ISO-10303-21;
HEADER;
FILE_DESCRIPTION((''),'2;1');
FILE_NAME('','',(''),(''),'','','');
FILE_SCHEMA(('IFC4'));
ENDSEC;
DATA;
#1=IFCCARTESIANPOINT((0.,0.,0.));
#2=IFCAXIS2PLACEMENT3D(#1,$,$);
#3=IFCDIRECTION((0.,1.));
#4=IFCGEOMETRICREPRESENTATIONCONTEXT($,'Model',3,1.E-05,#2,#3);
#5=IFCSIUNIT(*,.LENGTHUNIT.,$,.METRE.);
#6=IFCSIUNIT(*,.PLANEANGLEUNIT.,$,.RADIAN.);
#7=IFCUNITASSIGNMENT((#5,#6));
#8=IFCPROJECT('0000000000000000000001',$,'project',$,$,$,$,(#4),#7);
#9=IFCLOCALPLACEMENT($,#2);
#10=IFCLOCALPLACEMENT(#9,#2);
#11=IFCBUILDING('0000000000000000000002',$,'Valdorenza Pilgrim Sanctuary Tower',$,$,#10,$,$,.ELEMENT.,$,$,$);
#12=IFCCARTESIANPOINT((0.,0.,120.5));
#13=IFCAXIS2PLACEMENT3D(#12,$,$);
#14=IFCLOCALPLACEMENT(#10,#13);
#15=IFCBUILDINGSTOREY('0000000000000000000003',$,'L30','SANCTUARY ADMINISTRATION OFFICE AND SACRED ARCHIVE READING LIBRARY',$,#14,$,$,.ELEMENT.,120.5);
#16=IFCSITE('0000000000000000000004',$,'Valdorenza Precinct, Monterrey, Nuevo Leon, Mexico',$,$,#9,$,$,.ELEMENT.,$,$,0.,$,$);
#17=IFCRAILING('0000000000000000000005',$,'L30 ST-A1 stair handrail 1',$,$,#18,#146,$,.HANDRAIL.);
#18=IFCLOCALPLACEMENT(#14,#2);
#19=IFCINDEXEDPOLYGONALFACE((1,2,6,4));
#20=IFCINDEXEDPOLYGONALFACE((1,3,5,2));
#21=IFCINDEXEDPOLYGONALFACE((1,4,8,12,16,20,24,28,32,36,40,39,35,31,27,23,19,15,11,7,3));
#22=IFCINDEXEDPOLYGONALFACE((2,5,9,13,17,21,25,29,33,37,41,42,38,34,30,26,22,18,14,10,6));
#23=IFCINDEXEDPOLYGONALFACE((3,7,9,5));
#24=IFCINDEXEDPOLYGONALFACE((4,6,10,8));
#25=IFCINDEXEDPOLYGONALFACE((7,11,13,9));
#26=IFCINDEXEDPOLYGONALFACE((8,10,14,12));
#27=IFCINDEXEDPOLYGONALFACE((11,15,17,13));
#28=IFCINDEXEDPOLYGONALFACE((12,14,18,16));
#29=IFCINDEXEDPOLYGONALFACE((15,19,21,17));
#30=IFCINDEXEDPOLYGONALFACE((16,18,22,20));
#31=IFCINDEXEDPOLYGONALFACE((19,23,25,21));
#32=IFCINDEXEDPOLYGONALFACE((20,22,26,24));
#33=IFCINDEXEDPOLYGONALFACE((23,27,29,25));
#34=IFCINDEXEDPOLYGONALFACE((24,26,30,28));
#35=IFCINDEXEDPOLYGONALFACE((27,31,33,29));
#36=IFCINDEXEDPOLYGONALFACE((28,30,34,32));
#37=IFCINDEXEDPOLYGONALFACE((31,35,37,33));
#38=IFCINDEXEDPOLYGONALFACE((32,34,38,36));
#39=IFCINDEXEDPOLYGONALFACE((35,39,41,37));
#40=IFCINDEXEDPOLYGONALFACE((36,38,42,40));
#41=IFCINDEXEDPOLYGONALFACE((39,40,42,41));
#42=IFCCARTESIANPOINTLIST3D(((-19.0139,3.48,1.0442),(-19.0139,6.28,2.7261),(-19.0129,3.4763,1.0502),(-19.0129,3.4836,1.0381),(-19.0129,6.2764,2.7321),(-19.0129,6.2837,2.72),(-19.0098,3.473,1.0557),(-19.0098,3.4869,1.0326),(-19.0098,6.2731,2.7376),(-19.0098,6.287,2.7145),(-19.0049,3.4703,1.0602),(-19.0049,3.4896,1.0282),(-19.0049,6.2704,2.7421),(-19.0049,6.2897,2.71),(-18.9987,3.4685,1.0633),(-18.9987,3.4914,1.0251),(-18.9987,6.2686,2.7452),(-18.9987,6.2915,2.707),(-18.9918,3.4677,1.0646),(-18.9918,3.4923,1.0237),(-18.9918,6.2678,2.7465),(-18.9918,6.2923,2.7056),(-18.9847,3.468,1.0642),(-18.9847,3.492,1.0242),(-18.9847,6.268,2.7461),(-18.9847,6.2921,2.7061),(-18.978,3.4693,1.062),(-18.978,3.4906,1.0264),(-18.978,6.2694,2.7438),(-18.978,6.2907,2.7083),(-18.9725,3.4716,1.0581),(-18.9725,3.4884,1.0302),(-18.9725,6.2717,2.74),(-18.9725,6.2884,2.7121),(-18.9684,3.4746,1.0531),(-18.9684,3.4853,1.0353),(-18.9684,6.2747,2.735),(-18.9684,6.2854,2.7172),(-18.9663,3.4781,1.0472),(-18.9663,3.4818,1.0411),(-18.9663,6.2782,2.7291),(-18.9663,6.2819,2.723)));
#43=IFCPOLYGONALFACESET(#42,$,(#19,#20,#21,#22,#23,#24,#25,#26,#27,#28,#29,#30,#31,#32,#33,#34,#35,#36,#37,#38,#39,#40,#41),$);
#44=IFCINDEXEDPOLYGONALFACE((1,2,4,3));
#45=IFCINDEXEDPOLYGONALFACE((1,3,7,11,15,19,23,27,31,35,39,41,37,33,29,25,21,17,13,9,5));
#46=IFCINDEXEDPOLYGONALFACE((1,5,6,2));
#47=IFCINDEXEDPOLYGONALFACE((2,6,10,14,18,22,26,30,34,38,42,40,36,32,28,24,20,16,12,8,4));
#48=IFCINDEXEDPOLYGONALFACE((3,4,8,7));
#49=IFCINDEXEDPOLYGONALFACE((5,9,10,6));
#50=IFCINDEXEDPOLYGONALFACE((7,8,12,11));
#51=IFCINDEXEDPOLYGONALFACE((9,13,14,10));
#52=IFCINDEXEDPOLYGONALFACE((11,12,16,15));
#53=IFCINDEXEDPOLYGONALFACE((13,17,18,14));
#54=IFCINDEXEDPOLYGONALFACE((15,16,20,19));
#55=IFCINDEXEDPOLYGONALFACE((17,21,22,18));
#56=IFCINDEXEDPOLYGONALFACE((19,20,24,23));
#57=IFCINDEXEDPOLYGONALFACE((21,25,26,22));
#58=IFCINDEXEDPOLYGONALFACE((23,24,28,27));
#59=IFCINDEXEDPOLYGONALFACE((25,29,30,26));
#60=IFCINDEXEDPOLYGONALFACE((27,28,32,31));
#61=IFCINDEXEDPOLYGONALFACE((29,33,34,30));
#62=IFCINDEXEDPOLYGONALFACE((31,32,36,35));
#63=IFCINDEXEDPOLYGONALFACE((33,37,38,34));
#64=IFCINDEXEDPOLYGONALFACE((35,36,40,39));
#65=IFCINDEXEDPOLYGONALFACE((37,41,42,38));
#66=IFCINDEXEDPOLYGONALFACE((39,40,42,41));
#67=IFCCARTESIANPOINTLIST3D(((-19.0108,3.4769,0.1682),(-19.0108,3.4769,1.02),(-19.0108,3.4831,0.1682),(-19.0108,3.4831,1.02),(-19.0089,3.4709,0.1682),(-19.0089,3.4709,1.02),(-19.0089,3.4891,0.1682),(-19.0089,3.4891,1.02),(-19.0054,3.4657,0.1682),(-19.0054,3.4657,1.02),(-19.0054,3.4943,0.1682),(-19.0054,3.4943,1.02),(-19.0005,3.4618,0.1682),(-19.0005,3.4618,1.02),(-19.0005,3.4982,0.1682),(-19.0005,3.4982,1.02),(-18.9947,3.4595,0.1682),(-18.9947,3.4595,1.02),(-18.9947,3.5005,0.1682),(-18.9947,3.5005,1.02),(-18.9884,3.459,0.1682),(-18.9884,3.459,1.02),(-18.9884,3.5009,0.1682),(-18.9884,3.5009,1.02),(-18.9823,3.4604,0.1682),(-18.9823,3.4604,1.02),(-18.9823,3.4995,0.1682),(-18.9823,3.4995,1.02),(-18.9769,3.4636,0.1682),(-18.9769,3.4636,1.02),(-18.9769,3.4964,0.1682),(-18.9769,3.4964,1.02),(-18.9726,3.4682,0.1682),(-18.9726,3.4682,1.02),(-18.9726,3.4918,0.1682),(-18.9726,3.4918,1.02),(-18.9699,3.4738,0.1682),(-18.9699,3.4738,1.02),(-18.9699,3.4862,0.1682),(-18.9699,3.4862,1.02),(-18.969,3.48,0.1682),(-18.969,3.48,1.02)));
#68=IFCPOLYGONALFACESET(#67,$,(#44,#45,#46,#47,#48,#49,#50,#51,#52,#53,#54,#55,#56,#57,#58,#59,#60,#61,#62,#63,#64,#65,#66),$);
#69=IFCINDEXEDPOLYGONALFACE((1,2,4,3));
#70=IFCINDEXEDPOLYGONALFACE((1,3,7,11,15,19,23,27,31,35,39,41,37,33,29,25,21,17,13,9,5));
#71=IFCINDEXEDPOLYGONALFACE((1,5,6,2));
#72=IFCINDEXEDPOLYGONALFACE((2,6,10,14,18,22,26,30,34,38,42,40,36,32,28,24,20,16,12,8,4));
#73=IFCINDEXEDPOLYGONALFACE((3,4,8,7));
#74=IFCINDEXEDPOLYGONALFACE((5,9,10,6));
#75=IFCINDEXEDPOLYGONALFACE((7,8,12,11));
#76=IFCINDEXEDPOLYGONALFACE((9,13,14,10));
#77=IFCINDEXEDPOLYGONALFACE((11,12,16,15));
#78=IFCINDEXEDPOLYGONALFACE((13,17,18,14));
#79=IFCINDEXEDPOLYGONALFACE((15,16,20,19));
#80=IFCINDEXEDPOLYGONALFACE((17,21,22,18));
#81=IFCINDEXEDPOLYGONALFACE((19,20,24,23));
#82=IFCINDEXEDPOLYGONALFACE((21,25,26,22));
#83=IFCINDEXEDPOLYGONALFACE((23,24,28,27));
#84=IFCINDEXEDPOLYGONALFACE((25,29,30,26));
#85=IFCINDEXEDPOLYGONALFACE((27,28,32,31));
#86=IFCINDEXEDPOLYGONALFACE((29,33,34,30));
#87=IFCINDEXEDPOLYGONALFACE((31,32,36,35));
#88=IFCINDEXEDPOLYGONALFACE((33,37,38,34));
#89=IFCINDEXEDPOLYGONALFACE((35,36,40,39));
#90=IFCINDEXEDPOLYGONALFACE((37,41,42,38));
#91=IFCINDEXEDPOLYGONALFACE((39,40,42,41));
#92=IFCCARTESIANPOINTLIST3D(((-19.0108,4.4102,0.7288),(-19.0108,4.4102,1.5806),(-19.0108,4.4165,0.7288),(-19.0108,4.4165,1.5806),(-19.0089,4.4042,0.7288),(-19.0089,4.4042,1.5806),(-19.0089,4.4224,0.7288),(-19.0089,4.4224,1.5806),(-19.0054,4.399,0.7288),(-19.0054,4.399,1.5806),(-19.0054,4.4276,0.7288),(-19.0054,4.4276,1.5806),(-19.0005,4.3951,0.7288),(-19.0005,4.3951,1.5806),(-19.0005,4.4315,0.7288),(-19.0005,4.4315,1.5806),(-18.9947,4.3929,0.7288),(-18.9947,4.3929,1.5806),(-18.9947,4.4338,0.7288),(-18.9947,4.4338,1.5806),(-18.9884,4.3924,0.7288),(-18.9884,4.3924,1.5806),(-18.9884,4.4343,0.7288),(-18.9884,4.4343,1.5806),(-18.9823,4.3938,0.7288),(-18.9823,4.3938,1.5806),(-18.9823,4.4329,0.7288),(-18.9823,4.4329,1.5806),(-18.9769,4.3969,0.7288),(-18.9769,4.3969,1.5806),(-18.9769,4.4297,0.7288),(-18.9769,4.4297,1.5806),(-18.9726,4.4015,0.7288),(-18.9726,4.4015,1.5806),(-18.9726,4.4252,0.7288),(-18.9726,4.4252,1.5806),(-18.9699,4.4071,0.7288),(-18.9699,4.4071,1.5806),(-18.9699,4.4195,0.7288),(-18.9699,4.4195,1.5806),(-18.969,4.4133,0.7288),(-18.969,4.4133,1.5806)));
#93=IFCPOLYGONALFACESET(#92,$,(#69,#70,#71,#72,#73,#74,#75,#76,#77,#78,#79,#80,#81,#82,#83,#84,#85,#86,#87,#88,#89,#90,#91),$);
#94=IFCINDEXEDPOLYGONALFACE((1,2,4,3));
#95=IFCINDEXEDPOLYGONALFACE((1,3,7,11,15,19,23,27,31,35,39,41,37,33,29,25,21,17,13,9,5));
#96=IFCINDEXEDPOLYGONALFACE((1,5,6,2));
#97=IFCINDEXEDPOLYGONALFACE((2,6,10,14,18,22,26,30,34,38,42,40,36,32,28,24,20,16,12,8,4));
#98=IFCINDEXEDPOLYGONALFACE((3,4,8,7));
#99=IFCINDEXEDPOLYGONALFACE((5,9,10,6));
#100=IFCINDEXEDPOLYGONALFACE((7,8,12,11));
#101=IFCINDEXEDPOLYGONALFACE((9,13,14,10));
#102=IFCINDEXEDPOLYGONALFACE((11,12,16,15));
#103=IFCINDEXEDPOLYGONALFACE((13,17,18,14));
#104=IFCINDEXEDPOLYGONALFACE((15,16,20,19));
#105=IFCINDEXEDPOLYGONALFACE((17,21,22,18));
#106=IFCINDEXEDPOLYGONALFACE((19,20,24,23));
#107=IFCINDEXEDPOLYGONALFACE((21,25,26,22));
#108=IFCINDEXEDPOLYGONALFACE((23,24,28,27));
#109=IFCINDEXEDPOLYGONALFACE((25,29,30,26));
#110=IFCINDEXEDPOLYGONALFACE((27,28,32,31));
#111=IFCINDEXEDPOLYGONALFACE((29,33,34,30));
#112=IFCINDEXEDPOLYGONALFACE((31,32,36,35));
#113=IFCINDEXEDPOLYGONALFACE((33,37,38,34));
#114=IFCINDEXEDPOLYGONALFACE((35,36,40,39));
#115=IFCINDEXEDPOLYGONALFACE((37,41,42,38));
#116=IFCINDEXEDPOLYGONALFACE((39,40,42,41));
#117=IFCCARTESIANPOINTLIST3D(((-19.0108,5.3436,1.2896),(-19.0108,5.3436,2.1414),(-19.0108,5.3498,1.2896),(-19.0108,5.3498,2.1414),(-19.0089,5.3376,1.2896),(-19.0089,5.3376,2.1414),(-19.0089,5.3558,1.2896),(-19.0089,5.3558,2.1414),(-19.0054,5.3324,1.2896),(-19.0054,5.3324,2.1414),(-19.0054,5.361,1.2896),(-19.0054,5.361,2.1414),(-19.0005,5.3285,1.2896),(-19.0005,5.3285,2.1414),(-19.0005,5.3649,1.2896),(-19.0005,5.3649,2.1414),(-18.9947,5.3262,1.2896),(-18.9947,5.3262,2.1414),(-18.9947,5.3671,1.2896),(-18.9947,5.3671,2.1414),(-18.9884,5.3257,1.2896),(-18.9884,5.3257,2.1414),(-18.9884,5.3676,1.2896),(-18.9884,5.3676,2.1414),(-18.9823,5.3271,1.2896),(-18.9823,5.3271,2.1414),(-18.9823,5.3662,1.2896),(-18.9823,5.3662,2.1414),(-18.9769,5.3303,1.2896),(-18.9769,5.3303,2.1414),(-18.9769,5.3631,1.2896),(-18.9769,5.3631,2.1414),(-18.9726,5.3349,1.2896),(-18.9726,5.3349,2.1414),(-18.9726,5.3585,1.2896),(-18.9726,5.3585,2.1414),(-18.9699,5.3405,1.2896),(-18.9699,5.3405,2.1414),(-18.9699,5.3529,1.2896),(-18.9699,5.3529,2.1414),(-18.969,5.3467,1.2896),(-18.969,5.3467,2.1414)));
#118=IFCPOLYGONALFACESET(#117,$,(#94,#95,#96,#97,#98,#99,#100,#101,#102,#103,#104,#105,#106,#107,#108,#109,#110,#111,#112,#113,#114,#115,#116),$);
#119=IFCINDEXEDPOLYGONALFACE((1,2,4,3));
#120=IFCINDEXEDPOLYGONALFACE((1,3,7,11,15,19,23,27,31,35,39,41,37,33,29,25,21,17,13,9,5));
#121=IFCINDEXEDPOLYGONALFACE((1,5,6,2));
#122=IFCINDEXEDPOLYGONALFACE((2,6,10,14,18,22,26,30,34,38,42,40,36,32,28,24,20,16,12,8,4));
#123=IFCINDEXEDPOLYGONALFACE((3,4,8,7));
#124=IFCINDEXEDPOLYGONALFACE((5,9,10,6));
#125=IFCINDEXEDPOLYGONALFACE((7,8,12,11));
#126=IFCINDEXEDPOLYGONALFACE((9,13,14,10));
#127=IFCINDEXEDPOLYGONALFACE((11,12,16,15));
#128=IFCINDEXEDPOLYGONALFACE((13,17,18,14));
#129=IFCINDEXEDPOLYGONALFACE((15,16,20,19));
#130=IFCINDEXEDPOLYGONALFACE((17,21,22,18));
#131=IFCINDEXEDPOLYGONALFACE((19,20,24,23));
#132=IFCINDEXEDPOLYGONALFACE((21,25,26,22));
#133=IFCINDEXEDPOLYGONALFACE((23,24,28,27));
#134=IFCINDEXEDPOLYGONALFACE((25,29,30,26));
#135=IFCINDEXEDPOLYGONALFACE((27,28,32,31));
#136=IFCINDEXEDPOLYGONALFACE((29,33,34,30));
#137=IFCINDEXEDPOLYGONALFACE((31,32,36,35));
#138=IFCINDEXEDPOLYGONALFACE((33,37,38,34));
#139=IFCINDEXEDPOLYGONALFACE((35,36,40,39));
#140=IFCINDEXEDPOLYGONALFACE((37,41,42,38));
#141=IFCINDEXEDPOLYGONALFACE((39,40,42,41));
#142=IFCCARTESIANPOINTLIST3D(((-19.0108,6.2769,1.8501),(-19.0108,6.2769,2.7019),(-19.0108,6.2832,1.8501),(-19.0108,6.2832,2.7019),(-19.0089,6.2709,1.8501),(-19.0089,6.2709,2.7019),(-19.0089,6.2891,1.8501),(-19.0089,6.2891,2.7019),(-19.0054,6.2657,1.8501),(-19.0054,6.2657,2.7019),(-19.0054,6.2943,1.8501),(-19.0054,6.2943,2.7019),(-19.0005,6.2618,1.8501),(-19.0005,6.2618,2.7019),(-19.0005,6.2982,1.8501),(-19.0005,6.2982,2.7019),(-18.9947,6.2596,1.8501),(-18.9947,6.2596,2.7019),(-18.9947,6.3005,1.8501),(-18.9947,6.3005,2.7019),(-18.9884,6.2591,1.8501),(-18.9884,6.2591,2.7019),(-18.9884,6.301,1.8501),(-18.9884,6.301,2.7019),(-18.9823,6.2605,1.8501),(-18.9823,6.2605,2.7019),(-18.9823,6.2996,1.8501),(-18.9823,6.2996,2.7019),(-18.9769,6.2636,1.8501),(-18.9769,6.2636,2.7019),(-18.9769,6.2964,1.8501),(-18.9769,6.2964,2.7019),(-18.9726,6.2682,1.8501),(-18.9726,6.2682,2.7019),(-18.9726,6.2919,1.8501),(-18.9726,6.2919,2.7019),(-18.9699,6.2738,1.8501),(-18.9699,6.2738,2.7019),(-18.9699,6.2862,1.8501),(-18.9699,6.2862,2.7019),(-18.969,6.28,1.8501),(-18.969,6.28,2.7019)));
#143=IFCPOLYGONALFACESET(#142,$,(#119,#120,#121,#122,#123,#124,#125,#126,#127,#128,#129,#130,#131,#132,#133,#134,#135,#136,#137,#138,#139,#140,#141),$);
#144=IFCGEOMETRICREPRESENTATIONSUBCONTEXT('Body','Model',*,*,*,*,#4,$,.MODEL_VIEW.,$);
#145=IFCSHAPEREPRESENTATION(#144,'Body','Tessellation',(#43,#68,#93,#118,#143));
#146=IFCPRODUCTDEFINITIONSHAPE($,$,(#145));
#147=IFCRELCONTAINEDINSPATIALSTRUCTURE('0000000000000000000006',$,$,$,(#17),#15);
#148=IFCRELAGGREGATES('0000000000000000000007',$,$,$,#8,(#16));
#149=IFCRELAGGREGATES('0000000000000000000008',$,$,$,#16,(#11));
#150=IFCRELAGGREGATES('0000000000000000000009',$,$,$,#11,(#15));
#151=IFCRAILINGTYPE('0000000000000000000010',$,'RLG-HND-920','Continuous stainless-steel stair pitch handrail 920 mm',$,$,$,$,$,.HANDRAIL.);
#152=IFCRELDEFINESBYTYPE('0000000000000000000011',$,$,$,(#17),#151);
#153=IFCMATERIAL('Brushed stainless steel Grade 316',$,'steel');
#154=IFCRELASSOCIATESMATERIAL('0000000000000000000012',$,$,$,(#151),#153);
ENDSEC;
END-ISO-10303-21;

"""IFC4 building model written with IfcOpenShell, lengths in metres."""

from ifc_helpers import new_model, si_unit, direction, frame, origin, origin_2d, place, context, subcontext, project, spatial, circle, extrude, material, type_object, element, save


model = new_model("IFC4")

# Units and contexts
model_context = context("Model", 3, precision=1e-05, world=origin(), true_north=direction((0.0, 1.0)))
body_context = subcontext(model_context, "Body", "Model", "MODEL_VIEW")
ifc_project = project(units=[si_unit("LENGTHUNIT", "METRE"), si_unit("PLANEANGLEUNIT", "RADIAN")], contexts=[model_context])

# Site, building, storey
site_placement = place(None, origin())
site = spatial("IfcSite", under=ifc_project, at=site_placement, Name="Valdorenza Precinct, Monterrey, Nuevo Leon, Mexico", CompositionType="ELEMENT", RefElevation=0.0)
building_placement = place(site_placement, origin())
building = spatial("IfcBuilding", under=site, at=building_placement, Name="Valdorenza Pilgrim Sanctuary Tower", CompositionType="ELEMENT")
storey_placement = place(building_placement, frame((0.0, 0.0, 120.5)))
storey = spatial("IfcBuildingStorey", under=building, at=storey_placement, Name="L30", Description="SANCTUARY ADMINISTRATION OFFICE AND SACRED ARCHIVE READING LIBRARY", CompositionType="ELEMENT", Elevation=120.5)

# Shared definitions
ifc_material_1 = material(Name="Brushed stainless steel Grade 316", Category="steel")

# Railing
railing_type_1 = type_object("IfcRailingType", Name="RLG-HND-920", Description="Continuous stainless-steel stair pitch handrail 920 mm", PredefinedType="HANDRAIL", material=ifc_material_1)
railing_1_placement = place(storey_placement, frame((-18.99, 3.48, 0.1682)))
element("IfcRailing", 1, at=railing_1_placement, inside=storey, type_object=railing_type_1, Name="L30 ST-A1 stair handrail 1", PredefinedType="HANDRAIL", context=body_context, shape_type="SweptSolid", body=[
    extrude(circle(Radius=0.0239, at=origin_2d()), frame((0.0, 0.0, 0.876), z_axis=(0.0, 0.857242, 0.514913), x_axis=(-1.0, 0.0, 0.0)), (0.0, 0.0, 1.0), 3.2664),
    extrude(circle(Radius=0.021, at=origin_2d()), origin(), (0.0, 0.0, 1.0), 0.8518),
    extrude(circle(Radius=0.021, at=origin_2d()), frame((0.0, 0.9333, 0.5605)), (0.0, 0.0, 1.0), 0.8518),
    extrude(circle(Radius=0.021, at=origin_2d()), frame((0.0, 1.8667, 1.1213)), (0.0, 0.0, 1.0), 0.8518),
    extrude(circle(Radius=0.021, at=origin_2d()), frame((0.0, 2.8, 1.6819)), (0.0, 0.0, 1.0), 0.8518),
])

save(model, "model.ifc")
